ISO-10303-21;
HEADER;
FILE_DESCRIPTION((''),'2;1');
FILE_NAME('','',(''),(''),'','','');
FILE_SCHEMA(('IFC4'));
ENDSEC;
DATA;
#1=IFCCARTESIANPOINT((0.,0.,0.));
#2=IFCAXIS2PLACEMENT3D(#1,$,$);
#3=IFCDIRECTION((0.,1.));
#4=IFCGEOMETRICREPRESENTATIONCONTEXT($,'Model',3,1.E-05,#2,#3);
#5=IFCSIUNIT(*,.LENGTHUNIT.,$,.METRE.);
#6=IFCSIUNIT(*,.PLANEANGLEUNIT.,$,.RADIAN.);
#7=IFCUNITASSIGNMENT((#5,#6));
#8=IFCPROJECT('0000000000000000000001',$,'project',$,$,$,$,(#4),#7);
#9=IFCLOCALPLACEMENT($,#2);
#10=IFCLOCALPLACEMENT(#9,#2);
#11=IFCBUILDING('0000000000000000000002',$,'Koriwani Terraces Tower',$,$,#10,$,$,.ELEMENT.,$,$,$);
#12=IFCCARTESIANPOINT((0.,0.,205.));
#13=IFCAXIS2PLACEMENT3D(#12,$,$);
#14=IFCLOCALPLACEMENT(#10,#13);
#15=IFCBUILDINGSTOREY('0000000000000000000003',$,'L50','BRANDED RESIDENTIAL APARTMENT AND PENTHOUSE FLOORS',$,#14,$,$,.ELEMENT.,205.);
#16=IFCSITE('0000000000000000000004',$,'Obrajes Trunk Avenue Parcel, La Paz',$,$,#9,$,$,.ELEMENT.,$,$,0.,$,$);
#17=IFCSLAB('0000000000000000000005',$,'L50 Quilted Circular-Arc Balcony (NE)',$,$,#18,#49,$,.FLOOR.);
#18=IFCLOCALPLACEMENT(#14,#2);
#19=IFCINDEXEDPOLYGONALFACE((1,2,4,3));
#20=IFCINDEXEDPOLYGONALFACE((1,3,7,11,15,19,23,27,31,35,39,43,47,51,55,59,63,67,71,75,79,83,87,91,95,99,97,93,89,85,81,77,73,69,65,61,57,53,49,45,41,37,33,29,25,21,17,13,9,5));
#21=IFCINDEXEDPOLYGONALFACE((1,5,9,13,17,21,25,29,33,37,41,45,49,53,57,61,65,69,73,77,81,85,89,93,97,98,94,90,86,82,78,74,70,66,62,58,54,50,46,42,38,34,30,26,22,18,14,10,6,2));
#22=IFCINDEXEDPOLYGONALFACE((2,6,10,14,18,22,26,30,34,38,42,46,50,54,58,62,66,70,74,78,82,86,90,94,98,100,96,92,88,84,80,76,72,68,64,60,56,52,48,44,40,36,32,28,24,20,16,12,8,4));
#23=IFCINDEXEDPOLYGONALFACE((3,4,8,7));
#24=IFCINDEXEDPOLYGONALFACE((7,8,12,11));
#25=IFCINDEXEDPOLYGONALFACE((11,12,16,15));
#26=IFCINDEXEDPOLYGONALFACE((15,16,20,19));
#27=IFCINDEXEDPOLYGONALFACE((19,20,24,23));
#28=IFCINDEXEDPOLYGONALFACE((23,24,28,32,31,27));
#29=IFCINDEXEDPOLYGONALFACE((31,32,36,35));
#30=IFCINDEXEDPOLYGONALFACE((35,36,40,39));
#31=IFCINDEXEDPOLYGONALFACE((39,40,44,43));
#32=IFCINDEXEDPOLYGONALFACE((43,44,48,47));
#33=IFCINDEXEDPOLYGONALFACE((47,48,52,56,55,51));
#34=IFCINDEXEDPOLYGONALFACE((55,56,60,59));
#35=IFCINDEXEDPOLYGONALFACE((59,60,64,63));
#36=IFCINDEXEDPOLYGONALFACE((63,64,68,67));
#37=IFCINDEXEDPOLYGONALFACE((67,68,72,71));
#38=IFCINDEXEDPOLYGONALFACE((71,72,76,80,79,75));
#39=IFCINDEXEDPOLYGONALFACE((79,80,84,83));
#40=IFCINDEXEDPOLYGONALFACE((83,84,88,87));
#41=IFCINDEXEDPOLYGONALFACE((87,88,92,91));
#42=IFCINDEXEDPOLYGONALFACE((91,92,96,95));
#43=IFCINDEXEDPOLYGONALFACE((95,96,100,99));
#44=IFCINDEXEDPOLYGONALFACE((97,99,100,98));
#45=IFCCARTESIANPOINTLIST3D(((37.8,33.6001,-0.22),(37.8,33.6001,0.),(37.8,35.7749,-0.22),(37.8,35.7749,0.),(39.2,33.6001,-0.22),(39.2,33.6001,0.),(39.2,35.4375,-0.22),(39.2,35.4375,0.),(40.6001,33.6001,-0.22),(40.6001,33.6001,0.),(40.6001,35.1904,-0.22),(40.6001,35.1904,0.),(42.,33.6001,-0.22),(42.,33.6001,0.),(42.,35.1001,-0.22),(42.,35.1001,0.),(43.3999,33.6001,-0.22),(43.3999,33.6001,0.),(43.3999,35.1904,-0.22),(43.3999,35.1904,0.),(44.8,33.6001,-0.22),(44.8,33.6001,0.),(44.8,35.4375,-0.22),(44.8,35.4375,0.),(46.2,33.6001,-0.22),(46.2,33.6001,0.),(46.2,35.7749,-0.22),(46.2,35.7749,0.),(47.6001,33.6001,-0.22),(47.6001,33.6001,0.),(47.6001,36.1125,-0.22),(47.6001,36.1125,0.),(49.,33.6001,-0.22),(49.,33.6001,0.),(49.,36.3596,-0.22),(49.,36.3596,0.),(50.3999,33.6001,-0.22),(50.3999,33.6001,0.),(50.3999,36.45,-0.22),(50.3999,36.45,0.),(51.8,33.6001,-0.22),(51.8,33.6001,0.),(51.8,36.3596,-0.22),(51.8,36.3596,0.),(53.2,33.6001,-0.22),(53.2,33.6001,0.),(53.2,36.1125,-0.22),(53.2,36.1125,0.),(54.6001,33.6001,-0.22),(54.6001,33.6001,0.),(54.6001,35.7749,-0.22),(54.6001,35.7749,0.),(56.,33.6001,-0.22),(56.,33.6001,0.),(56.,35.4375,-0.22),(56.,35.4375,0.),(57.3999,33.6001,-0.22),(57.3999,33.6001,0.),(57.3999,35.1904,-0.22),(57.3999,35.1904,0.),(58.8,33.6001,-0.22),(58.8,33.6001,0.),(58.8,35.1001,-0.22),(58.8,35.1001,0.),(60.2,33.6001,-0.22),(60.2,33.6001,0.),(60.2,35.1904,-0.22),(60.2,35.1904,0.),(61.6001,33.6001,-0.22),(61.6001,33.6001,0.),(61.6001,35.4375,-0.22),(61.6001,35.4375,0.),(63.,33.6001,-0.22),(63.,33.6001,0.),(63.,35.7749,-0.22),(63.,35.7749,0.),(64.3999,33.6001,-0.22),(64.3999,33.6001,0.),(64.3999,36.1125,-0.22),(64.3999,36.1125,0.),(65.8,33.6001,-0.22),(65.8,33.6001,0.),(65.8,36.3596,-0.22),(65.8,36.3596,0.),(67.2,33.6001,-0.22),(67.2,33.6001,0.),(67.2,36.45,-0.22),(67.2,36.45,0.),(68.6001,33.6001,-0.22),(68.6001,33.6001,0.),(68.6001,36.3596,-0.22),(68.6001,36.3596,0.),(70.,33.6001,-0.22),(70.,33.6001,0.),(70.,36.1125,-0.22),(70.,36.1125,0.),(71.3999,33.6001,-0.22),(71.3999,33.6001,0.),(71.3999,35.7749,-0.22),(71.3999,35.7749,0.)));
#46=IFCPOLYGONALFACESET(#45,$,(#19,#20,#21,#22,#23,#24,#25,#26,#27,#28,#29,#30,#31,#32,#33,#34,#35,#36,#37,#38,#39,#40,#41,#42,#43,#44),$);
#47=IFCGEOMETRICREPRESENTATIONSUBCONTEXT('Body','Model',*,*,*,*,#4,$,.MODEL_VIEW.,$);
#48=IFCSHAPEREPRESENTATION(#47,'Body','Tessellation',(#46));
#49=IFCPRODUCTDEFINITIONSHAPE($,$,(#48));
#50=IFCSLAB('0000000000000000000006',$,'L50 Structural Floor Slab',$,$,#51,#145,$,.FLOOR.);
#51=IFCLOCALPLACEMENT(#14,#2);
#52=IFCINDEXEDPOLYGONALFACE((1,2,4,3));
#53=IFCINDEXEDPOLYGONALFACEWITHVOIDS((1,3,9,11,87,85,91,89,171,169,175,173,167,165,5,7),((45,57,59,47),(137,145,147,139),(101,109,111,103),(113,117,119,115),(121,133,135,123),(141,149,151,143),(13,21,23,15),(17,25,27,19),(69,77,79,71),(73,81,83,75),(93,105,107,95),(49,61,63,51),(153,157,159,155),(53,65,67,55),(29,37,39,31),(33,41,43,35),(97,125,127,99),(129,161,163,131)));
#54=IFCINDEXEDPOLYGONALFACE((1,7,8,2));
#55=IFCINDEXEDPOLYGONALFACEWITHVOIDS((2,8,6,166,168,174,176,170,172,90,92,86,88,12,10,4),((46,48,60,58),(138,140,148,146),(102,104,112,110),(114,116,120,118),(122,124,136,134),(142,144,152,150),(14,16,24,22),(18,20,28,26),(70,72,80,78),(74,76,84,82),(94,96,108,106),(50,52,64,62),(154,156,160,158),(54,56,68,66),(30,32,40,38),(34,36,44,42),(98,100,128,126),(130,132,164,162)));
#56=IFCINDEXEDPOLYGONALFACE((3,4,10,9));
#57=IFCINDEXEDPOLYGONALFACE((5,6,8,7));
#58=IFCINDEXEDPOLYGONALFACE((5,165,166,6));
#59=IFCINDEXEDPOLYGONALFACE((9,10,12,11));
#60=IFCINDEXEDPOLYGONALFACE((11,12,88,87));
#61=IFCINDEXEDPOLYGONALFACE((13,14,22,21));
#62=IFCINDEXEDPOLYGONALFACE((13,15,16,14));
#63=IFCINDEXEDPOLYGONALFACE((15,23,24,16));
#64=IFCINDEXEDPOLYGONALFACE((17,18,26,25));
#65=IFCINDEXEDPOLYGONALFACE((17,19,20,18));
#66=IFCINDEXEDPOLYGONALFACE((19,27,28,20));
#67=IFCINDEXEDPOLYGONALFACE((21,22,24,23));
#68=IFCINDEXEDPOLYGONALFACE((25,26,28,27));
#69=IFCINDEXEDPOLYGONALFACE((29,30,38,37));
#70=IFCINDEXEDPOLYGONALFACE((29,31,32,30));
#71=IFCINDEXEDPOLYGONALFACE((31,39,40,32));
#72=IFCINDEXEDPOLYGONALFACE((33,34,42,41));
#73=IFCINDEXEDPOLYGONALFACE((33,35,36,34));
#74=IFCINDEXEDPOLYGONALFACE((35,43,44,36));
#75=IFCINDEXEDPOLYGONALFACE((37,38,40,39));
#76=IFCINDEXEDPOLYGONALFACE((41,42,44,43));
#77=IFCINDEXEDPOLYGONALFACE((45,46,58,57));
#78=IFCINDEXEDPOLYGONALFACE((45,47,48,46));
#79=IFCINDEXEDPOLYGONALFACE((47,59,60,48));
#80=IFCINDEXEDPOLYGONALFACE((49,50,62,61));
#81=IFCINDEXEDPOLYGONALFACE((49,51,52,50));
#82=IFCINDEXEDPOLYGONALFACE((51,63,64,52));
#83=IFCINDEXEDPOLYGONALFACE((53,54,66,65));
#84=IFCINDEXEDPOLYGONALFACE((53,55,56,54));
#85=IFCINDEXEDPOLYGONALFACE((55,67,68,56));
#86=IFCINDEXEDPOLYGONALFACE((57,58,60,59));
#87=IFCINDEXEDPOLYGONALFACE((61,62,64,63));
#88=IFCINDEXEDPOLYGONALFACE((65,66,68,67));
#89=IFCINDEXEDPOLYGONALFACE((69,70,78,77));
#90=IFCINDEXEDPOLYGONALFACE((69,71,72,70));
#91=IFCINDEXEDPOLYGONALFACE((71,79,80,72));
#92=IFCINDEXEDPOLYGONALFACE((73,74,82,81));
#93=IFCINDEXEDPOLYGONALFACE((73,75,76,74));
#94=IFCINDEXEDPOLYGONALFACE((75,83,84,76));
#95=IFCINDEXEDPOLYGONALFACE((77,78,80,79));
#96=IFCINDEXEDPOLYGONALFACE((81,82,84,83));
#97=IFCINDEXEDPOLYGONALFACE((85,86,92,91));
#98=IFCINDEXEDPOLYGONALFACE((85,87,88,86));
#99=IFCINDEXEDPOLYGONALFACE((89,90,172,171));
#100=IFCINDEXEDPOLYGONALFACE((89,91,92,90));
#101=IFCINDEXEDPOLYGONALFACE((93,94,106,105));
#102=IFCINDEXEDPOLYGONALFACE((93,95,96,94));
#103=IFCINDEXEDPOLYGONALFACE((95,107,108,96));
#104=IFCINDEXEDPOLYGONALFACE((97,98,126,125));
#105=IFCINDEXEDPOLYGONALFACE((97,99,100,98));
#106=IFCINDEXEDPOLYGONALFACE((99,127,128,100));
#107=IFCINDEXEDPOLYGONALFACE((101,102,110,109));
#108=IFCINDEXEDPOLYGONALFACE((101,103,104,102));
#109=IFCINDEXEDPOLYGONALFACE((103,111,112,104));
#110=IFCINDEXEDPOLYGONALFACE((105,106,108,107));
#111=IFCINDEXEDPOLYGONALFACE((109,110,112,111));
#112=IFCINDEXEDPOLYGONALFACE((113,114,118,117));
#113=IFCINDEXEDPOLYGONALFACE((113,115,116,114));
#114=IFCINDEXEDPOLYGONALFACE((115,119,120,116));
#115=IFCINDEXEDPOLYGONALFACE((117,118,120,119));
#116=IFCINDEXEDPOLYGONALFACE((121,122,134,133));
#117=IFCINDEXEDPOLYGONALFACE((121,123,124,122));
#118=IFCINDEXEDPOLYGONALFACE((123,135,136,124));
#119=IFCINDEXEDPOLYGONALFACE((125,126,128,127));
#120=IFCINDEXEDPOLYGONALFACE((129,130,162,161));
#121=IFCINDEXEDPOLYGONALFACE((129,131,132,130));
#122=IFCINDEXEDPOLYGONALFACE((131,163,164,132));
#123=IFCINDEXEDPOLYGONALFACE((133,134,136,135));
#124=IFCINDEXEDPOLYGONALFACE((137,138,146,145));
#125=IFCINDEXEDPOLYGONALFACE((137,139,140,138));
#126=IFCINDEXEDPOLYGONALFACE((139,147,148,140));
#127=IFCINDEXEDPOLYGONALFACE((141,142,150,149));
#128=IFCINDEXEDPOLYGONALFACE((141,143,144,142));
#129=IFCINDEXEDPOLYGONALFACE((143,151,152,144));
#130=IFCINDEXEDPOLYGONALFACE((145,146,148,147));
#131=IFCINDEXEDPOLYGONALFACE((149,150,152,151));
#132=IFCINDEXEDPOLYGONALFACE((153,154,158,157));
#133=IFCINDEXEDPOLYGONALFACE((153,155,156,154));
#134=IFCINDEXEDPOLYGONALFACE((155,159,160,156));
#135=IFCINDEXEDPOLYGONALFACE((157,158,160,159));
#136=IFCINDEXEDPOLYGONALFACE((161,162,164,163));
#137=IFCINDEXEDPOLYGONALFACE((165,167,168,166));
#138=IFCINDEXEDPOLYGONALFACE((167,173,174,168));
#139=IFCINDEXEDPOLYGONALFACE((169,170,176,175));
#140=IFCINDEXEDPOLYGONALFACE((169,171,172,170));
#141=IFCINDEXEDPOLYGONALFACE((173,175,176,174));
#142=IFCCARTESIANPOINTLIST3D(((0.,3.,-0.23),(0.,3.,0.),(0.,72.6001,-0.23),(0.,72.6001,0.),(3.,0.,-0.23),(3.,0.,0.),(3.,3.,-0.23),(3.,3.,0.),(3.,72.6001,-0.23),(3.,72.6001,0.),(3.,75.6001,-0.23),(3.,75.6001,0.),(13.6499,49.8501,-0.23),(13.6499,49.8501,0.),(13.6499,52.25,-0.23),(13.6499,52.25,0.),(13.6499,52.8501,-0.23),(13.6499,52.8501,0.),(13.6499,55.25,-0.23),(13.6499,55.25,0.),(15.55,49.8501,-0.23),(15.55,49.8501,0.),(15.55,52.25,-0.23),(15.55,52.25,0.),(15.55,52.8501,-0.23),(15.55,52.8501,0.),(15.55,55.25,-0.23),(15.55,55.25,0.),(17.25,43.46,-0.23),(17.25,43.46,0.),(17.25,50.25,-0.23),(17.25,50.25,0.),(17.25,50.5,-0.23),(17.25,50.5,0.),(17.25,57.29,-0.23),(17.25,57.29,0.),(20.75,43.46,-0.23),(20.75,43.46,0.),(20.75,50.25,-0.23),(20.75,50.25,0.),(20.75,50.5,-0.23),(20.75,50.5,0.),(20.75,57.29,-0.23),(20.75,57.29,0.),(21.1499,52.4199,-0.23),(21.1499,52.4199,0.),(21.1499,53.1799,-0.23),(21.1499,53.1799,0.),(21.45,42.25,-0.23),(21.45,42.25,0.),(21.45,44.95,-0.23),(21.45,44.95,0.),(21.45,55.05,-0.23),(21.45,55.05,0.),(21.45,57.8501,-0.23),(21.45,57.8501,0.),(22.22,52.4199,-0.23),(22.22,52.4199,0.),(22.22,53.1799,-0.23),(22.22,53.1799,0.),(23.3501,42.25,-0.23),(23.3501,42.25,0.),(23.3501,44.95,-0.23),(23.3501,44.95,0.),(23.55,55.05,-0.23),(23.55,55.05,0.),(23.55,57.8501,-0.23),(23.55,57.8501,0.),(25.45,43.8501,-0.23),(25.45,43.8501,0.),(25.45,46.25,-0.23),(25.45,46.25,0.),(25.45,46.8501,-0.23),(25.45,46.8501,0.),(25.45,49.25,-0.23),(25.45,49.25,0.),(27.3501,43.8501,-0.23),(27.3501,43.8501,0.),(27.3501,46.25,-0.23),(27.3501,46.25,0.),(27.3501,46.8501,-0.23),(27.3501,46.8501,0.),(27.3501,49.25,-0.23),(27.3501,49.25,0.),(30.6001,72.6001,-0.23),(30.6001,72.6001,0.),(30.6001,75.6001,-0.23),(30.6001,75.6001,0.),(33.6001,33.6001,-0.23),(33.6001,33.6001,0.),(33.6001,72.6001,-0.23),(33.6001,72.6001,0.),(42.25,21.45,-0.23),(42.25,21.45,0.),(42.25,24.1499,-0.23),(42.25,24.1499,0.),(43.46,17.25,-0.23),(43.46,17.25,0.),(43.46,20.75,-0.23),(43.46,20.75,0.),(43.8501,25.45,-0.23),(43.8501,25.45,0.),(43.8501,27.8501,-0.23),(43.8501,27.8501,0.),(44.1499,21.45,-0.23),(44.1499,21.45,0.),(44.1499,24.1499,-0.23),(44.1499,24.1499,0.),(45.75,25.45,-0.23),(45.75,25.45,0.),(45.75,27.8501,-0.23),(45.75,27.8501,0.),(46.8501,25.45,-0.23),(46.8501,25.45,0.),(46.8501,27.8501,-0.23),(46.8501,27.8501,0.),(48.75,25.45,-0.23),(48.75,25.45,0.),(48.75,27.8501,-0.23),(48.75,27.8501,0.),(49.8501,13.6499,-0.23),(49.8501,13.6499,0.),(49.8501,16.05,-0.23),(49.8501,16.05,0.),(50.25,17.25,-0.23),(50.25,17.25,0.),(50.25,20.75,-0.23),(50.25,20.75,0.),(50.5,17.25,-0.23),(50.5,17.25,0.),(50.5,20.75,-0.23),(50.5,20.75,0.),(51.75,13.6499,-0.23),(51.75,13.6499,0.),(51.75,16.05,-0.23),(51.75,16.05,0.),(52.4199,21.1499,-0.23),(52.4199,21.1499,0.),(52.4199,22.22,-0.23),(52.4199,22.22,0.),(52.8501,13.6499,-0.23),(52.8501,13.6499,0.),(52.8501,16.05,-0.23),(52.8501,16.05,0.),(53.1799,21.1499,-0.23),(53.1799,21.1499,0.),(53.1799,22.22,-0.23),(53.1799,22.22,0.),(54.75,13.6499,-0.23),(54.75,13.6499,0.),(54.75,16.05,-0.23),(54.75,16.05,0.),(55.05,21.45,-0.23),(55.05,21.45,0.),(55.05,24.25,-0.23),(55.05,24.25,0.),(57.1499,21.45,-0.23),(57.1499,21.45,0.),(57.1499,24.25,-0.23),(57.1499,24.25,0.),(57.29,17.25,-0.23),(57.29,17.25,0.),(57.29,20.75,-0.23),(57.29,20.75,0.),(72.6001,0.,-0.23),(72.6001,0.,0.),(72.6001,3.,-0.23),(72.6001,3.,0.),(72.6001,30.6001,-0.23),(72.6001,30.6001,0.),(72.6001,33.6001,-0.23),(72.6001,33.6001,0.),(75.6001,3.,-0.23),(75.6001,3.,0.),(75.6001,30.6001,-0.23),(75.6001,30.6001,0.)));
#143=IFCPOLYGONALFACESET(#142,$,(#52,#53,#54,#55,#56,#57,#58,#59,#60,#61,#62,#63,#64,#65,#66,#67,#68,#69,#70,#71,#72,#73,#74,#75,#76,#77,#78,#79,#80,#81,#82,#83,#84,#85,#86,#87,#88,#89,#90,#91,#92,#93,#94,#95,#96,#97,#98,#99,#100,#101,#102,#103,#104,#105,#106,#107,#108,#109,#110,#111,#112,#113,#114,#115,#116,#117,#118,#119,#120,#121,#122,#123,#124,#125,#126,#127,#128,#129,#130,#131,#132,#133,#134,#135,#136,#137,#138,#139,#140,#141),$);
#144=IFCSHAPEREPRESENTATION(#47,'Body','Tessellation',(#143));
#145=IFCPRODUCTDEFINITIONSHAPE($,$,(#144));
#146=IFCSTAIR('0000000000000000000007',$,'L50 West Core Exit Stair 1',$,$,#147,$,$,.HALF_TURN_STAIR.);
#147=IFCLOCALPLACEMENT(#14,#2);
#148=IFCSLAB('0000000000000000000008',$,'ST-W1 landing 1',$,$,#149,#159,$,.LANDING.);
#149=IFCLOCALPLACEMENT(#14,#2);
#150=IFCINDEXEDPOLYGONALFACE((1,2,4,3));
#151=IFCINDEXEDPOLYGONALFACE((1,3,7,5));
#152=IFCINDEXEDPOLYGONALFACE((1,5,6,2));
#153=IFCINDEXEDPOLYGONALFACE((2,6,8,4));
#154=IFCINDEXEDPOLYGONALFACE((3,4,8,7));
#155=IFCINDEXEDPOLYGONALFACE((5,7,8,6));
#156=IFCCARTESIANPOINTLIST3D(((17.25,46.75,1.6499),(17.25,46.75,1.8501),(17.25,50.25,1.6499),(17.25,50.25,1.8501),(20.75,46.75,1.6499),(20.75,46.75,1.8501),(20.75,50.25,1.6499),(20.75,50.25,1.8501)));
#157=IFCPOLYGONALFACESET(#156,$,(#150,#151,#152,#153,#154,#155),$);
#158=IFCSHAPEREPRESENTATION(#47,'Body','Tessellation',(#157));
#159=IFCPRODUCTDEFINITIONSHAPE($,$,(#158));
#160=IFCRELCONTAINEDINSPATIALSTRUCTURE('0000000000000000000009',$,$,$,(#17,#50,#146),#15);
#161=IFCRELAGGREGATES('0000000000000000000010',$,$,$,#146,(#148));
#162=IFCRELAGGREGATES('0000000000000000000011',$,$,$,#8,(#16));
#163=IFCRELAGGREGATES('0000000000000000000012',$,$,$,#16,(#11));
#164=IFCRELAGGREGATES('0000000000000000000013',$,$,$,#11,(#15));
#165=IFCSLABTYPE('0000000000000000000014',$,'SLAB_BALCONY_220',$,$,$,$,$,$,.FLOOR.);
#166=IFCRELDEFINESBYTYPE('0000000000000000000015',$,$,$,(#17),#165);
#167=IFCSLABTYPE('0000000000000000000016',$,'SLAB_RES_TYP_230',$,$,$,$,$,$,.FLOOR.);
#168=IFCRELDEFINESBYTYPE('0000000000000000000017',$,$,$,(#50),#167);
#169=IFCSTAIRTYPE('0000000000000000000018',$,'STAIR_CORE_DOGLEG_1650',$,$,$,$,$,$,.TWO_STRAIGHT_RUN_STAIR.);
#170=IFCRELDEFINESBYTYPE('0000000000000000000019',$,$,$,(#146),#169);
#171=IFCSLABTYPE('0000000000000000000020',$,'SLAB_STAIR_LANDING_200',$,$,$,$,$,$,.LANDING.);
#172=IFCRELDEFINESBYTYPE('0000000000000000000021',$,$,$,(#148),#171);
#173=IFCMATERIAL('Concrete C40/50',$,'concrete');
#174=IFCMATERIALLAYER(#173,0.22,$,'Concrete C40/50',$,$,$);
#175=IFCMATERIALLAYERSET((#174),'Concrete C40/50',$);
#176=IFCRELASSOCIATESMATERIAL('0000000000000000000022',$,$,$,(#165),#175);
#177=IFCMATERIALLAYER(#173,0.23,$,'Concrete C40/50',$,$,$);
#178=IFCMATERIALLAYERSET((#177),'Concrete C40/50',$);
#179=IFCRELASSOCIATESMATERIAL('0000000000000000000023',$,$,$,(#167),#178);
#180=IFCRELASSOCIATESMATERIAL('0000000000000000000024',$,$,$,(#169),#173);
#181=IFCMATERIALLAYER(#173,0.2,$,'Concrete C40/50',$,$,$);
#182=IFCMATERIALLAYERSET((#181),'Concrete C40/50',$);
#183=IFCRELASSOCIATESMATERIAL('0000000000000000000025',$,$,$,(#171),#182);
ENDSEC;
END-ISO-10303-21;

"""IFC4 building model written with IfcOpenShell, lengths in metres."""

from ifc_helpers import new_model, si_unit, direction, frame, origin, place, context, subcontext, project, spatial, polyline, outline, extrude, material, layer, layer_set, type_object, element, aggregate, save


model = new_model("IFC4")

# Units and contexts
model_context = context("Model", 3, precision=1e-05, world=origin(), true_north=direction((0.0, 1.0)))
body_context = subcontext(model_context, "Body", "Model", "MODEL_VIEW")
ifc_project = project(units=[si_unit("LENGTHUNIT", "METRE"), si_unit("PLANEANGLEUNIT", "RADIAN")], contexts=[model_context])

# Site, building, storey
site_placement = place(None, origin())
site = spatial("IfcSite", under=ifc_project, at=site_placement, Name="Obrajes Trunk Avenue Parcel, La Paz", CompositionType="ELEMENT", RefElevation=0.0)
building_placement = place(site_placement, origin())
building = spatial("IfcBuilding", under=site, at=building_placement, Name="Koriwani Terraces Tower", CompositionType="ELEMENT")
storey_placement = place(building_placement, frame((0.0, 0.0, 205.0)))
storey = spatial("IfcBuildingStorey", under=building, at=storey_placement, Name="L50", Description="BRANDED RESIDENTIAL APARTMENT AND PENTHOUSE FLOORS", CompositionType="ELEMENT", Elevation=205.0)

# Shared definitions
ifc_material_1 = material(Name="Concrete C40/50", Category="concrete")

# Slabs
ifc_layer_1 = layer(ifc_material_1, 0.22, Name="Concrete C40/50")
ifc_layer_set_1 = layer_set([ifc_layer_1], Name="Concrete C40/50")
slab_type_1 = type_object("IfcSlabType", Name="SLAB_BALCONY_220", PredefinedType="FLOOR", material=ifc_layer_set_1)
slab_1_placement = place(storey_placement, frame((0.0, 0.0, -0.22)))
element("IfcSlab", 1, at=slab_1_placement, inside=storey, type_object=slab_type_1, Name="L50 Quilted Circular-Arc Balcony (NE)", PredefinedType="FLOOR", context=body_context, shape_type="SweptSolid", body=[
    extrude(outline(polyline([(71.3999, 33.6001), (70.0, 33.6001), (68.6001, 33.6001), (67.2, 33.6001), (65.8, 33.6001), (64.3999, 33.6001), (63.0, 33.6001), (61.6001, 33.6001), (60.2, 33.6001), (58.8, 33.6001), (57.3999, 33.6001), (56.0, 33.6001), (54.6001, 33.6001), (53.2, 33.6001), (51.8, 33.6001), (50.3999, 33.6001), (49.0, 33.6001), (47.6001, 33.6001), (46.2, 33.6001), (44.8, 33.6001), (43.3999, 33.6001), (42.0, 33.6001), (40.6001, 33.6001), (39.2, 33.6001), (37.8, 33.6001), (37.8, 35.7749), (39.2, 35.4375), (40.6001, 35.1904), (42.0, 35.1001), (43.3999, 35.1904), (44.8, 35.4375), (46.2, 35.7749), (47.6001, 36.1125), (49.0, 36.3596), (50.3999, 36.45), (51.8, 36.3596), (53.2, 36.1125), (54.6001, 35.7749), (56.0, 35.4375), (57.3999, 35.1904), (58.8, 35.1001), (60.2, 35.1904), (61.6001, 35.4375), (63.0, 35.7749), (64.3999, 36.1125), (65.8, 36.3596), (67.2, 36.45), (68.6001, 36.3596), (70.0, 36.1125), (71.3999, 35.7749), (71.3999, 33.6001)])), origin(), (0.0, 0.0, 1.0), 0.22),
])
ifc_layer_2 = layer(ifc_material_1, 0.23, Name="Concrete C40/50")
ifc_layer_set_2 = layer_set([ifc_layer_2], Name="Concrete C40/50")
slab_type_2 = type_object("IfcSlabType", Name="SLAB_RES_TYP_230", PredefinedType="FLOOR", material=ifc_layer_set_2)
slab_2_placement = place(storey_placement, frame((0.0, 0.0, -0.23)))
element("IfcSlab", 2, at=slab_2_placement, inside=storey, type_object=slab_type_2, Name="L50 Structural Floor Slab", PredefinedType="FLOOR", context=body_context, shape_type="SweptSolid", body=[
    extrude(outline(polyline([(3.0, 0.0), (72.6001, 0.0), (72.6001, 3.0), (75.6001, 3.0), (75.6001, 30.6001), (72.6001, 30.6001), (72.6001, 33.6001), (33.6001, 33.6001), (33.6001, 72.6001), (30.6001, 72.6001), (30.6001, 75.6001), (3.0, 75.6001), (3.0, 72.6001), (0.0, 72.6001), (0.0, 3.0), (3.0, 3.0), (3.0, 0.0)]), holes=[polyline([(17.25, 43.46), (20.75, 43.46), (20.75, 50.25), (17.25, 50.25), (17.25, 43.46)]), polyline([(17.25, 50.5), (20.75, 50.5), (20.75, 57.29), (17.25, 57.29), (17.25, 50.5)]), polyline([(43.46, 17.25), (50.25, 17.25), (50.25, 20.75), (43.46, 20.75), (43.46, 17.25)]), polyline([(50.5, 17.25), (57.29, 17.25), (57.29, 20.75), (50.5, 20.75), (50.5, 17.25)]), polyline([(13.6499, 49.8501), (15.55, 49.8501), (15.55, 52.25), (13.6499, 52.25), (13.6499, 49.8501)]), polyline([(13.6499, 52.8501), (15.55, 52.8501), (15.55, 55.25), (13.6499, 55.25), (13.6499, 52.8501)]), polyline([(49.8501, 13.6499), (51.75, 13.6499), (51.75, 16.05), (49.8501, 16.05), (49.8501, 13.6499)]), polyline([(52.8501, 13.6499), (54.75, 13.6499), (54.75, 16.05), (52.8501, 16.05), (52.8501, 13.6499)]), polyline([(25.45, 43.8501), (27.3501, 43.8501), (27.3501, 46.25), (25.45, 46.25), (25.45, 43.8501)]), polyline([(25.45, 46.8501), (27.3501, 46.8501), (27.3501, 49.25), (25.45, 49.25), (25.45, 46.8501)]), polyline([(43.8501, 25.45), (45.75, 25.45), (45.75, 27.8501), (43.8501, 27.8501), (43.8501, 25.45)]), polyline([(46.8501, 25.45), (48.75, 25.45), (48.75, 27.8501), (46.8501, 27.8501), (46.8501, 25.45)]), polyline([(21.45, 55.05), (23.55, 55.05), (23.55, 57.8501), (21.45, 57.8501), (21.45, 55.05)]), polyline([(55.05, 21.45), (57.1499, 21.45), (57.1499, 24.25), (55.05, 24.25), (55.05, 21.45)]), polyline([(21.45, 42.25), (23.3501, 42.25), (23.3501, 44.95), (21.45, 44.95), (21.45, 42.25)]), polyline([(42.25, 21.45), (44.1499, 21.45), (44.1499, 24.1499), (42.25, 24.1499), (42.25, 21.45)]), polyline([(21.1499, 52.4199), (22.22, 52.4199), (22.22, 53.1799), (21.1499, 53.1799), (21.1499, 52.4199)]), polyline([(52.4199, 21.1499), (53.1799, 21.1499), (53.1799, 22.22), (52.4199, 22.22), (52.4199, 21.1499)])]), origin(), (0.0, 0.0, 1.0), 0.23),
])

# Stair, slab
stair_type = type_object("IfcStairType", Name="STAIR_CORE_DOGLEG_1650", PredefinedType="TWO_STRAIGHT_RUN_STAIR", material=ifc_material_1)
stair_1_placement = place(storey_placement, origin())
stair_1 = element("IfcStair", 3, at=stair_1_placement, inside=storey, type_object=stair_type, Name="L50 West Core Exit Stair 1", PredefinedType="HALF_TURN_STAIR")
ifc_layer_3 = layer(ifc_material_1, 0.2, Name="Concrete C40/50")
ifc_layer_set_3 = layer_set([ifc_layer_3], Name="Concrete C40/50")
slab_type_3 = type_object("IfcSlabType", Name="SLAB_STAIR_LANDING_200", PredefinedType="LANDING", material=ifc_layer_set_3)
slab_3_placement = place(storey_placement, frame((0.0, 0.0, 1.6499)))
slab_3 = element("IfcSlab", 4, at=slab_3_placement, type_object=slab_type_3, Name="ST-W1 landing 1", PredefinedType="LANDING", context=body_context, shape_type="SweptSolid", body=[
    extrude(outline(polyline([(20.75, 46.75), (20.75, 50.25), (17.25, 50.25), (17.25, 46.75), (20.75, 46.75)])), origin(), (0.0, 0.0, 1.0), 0.2002),
])
aggregate(stair_1, [slab_3])

save(model, "model.ifc")
